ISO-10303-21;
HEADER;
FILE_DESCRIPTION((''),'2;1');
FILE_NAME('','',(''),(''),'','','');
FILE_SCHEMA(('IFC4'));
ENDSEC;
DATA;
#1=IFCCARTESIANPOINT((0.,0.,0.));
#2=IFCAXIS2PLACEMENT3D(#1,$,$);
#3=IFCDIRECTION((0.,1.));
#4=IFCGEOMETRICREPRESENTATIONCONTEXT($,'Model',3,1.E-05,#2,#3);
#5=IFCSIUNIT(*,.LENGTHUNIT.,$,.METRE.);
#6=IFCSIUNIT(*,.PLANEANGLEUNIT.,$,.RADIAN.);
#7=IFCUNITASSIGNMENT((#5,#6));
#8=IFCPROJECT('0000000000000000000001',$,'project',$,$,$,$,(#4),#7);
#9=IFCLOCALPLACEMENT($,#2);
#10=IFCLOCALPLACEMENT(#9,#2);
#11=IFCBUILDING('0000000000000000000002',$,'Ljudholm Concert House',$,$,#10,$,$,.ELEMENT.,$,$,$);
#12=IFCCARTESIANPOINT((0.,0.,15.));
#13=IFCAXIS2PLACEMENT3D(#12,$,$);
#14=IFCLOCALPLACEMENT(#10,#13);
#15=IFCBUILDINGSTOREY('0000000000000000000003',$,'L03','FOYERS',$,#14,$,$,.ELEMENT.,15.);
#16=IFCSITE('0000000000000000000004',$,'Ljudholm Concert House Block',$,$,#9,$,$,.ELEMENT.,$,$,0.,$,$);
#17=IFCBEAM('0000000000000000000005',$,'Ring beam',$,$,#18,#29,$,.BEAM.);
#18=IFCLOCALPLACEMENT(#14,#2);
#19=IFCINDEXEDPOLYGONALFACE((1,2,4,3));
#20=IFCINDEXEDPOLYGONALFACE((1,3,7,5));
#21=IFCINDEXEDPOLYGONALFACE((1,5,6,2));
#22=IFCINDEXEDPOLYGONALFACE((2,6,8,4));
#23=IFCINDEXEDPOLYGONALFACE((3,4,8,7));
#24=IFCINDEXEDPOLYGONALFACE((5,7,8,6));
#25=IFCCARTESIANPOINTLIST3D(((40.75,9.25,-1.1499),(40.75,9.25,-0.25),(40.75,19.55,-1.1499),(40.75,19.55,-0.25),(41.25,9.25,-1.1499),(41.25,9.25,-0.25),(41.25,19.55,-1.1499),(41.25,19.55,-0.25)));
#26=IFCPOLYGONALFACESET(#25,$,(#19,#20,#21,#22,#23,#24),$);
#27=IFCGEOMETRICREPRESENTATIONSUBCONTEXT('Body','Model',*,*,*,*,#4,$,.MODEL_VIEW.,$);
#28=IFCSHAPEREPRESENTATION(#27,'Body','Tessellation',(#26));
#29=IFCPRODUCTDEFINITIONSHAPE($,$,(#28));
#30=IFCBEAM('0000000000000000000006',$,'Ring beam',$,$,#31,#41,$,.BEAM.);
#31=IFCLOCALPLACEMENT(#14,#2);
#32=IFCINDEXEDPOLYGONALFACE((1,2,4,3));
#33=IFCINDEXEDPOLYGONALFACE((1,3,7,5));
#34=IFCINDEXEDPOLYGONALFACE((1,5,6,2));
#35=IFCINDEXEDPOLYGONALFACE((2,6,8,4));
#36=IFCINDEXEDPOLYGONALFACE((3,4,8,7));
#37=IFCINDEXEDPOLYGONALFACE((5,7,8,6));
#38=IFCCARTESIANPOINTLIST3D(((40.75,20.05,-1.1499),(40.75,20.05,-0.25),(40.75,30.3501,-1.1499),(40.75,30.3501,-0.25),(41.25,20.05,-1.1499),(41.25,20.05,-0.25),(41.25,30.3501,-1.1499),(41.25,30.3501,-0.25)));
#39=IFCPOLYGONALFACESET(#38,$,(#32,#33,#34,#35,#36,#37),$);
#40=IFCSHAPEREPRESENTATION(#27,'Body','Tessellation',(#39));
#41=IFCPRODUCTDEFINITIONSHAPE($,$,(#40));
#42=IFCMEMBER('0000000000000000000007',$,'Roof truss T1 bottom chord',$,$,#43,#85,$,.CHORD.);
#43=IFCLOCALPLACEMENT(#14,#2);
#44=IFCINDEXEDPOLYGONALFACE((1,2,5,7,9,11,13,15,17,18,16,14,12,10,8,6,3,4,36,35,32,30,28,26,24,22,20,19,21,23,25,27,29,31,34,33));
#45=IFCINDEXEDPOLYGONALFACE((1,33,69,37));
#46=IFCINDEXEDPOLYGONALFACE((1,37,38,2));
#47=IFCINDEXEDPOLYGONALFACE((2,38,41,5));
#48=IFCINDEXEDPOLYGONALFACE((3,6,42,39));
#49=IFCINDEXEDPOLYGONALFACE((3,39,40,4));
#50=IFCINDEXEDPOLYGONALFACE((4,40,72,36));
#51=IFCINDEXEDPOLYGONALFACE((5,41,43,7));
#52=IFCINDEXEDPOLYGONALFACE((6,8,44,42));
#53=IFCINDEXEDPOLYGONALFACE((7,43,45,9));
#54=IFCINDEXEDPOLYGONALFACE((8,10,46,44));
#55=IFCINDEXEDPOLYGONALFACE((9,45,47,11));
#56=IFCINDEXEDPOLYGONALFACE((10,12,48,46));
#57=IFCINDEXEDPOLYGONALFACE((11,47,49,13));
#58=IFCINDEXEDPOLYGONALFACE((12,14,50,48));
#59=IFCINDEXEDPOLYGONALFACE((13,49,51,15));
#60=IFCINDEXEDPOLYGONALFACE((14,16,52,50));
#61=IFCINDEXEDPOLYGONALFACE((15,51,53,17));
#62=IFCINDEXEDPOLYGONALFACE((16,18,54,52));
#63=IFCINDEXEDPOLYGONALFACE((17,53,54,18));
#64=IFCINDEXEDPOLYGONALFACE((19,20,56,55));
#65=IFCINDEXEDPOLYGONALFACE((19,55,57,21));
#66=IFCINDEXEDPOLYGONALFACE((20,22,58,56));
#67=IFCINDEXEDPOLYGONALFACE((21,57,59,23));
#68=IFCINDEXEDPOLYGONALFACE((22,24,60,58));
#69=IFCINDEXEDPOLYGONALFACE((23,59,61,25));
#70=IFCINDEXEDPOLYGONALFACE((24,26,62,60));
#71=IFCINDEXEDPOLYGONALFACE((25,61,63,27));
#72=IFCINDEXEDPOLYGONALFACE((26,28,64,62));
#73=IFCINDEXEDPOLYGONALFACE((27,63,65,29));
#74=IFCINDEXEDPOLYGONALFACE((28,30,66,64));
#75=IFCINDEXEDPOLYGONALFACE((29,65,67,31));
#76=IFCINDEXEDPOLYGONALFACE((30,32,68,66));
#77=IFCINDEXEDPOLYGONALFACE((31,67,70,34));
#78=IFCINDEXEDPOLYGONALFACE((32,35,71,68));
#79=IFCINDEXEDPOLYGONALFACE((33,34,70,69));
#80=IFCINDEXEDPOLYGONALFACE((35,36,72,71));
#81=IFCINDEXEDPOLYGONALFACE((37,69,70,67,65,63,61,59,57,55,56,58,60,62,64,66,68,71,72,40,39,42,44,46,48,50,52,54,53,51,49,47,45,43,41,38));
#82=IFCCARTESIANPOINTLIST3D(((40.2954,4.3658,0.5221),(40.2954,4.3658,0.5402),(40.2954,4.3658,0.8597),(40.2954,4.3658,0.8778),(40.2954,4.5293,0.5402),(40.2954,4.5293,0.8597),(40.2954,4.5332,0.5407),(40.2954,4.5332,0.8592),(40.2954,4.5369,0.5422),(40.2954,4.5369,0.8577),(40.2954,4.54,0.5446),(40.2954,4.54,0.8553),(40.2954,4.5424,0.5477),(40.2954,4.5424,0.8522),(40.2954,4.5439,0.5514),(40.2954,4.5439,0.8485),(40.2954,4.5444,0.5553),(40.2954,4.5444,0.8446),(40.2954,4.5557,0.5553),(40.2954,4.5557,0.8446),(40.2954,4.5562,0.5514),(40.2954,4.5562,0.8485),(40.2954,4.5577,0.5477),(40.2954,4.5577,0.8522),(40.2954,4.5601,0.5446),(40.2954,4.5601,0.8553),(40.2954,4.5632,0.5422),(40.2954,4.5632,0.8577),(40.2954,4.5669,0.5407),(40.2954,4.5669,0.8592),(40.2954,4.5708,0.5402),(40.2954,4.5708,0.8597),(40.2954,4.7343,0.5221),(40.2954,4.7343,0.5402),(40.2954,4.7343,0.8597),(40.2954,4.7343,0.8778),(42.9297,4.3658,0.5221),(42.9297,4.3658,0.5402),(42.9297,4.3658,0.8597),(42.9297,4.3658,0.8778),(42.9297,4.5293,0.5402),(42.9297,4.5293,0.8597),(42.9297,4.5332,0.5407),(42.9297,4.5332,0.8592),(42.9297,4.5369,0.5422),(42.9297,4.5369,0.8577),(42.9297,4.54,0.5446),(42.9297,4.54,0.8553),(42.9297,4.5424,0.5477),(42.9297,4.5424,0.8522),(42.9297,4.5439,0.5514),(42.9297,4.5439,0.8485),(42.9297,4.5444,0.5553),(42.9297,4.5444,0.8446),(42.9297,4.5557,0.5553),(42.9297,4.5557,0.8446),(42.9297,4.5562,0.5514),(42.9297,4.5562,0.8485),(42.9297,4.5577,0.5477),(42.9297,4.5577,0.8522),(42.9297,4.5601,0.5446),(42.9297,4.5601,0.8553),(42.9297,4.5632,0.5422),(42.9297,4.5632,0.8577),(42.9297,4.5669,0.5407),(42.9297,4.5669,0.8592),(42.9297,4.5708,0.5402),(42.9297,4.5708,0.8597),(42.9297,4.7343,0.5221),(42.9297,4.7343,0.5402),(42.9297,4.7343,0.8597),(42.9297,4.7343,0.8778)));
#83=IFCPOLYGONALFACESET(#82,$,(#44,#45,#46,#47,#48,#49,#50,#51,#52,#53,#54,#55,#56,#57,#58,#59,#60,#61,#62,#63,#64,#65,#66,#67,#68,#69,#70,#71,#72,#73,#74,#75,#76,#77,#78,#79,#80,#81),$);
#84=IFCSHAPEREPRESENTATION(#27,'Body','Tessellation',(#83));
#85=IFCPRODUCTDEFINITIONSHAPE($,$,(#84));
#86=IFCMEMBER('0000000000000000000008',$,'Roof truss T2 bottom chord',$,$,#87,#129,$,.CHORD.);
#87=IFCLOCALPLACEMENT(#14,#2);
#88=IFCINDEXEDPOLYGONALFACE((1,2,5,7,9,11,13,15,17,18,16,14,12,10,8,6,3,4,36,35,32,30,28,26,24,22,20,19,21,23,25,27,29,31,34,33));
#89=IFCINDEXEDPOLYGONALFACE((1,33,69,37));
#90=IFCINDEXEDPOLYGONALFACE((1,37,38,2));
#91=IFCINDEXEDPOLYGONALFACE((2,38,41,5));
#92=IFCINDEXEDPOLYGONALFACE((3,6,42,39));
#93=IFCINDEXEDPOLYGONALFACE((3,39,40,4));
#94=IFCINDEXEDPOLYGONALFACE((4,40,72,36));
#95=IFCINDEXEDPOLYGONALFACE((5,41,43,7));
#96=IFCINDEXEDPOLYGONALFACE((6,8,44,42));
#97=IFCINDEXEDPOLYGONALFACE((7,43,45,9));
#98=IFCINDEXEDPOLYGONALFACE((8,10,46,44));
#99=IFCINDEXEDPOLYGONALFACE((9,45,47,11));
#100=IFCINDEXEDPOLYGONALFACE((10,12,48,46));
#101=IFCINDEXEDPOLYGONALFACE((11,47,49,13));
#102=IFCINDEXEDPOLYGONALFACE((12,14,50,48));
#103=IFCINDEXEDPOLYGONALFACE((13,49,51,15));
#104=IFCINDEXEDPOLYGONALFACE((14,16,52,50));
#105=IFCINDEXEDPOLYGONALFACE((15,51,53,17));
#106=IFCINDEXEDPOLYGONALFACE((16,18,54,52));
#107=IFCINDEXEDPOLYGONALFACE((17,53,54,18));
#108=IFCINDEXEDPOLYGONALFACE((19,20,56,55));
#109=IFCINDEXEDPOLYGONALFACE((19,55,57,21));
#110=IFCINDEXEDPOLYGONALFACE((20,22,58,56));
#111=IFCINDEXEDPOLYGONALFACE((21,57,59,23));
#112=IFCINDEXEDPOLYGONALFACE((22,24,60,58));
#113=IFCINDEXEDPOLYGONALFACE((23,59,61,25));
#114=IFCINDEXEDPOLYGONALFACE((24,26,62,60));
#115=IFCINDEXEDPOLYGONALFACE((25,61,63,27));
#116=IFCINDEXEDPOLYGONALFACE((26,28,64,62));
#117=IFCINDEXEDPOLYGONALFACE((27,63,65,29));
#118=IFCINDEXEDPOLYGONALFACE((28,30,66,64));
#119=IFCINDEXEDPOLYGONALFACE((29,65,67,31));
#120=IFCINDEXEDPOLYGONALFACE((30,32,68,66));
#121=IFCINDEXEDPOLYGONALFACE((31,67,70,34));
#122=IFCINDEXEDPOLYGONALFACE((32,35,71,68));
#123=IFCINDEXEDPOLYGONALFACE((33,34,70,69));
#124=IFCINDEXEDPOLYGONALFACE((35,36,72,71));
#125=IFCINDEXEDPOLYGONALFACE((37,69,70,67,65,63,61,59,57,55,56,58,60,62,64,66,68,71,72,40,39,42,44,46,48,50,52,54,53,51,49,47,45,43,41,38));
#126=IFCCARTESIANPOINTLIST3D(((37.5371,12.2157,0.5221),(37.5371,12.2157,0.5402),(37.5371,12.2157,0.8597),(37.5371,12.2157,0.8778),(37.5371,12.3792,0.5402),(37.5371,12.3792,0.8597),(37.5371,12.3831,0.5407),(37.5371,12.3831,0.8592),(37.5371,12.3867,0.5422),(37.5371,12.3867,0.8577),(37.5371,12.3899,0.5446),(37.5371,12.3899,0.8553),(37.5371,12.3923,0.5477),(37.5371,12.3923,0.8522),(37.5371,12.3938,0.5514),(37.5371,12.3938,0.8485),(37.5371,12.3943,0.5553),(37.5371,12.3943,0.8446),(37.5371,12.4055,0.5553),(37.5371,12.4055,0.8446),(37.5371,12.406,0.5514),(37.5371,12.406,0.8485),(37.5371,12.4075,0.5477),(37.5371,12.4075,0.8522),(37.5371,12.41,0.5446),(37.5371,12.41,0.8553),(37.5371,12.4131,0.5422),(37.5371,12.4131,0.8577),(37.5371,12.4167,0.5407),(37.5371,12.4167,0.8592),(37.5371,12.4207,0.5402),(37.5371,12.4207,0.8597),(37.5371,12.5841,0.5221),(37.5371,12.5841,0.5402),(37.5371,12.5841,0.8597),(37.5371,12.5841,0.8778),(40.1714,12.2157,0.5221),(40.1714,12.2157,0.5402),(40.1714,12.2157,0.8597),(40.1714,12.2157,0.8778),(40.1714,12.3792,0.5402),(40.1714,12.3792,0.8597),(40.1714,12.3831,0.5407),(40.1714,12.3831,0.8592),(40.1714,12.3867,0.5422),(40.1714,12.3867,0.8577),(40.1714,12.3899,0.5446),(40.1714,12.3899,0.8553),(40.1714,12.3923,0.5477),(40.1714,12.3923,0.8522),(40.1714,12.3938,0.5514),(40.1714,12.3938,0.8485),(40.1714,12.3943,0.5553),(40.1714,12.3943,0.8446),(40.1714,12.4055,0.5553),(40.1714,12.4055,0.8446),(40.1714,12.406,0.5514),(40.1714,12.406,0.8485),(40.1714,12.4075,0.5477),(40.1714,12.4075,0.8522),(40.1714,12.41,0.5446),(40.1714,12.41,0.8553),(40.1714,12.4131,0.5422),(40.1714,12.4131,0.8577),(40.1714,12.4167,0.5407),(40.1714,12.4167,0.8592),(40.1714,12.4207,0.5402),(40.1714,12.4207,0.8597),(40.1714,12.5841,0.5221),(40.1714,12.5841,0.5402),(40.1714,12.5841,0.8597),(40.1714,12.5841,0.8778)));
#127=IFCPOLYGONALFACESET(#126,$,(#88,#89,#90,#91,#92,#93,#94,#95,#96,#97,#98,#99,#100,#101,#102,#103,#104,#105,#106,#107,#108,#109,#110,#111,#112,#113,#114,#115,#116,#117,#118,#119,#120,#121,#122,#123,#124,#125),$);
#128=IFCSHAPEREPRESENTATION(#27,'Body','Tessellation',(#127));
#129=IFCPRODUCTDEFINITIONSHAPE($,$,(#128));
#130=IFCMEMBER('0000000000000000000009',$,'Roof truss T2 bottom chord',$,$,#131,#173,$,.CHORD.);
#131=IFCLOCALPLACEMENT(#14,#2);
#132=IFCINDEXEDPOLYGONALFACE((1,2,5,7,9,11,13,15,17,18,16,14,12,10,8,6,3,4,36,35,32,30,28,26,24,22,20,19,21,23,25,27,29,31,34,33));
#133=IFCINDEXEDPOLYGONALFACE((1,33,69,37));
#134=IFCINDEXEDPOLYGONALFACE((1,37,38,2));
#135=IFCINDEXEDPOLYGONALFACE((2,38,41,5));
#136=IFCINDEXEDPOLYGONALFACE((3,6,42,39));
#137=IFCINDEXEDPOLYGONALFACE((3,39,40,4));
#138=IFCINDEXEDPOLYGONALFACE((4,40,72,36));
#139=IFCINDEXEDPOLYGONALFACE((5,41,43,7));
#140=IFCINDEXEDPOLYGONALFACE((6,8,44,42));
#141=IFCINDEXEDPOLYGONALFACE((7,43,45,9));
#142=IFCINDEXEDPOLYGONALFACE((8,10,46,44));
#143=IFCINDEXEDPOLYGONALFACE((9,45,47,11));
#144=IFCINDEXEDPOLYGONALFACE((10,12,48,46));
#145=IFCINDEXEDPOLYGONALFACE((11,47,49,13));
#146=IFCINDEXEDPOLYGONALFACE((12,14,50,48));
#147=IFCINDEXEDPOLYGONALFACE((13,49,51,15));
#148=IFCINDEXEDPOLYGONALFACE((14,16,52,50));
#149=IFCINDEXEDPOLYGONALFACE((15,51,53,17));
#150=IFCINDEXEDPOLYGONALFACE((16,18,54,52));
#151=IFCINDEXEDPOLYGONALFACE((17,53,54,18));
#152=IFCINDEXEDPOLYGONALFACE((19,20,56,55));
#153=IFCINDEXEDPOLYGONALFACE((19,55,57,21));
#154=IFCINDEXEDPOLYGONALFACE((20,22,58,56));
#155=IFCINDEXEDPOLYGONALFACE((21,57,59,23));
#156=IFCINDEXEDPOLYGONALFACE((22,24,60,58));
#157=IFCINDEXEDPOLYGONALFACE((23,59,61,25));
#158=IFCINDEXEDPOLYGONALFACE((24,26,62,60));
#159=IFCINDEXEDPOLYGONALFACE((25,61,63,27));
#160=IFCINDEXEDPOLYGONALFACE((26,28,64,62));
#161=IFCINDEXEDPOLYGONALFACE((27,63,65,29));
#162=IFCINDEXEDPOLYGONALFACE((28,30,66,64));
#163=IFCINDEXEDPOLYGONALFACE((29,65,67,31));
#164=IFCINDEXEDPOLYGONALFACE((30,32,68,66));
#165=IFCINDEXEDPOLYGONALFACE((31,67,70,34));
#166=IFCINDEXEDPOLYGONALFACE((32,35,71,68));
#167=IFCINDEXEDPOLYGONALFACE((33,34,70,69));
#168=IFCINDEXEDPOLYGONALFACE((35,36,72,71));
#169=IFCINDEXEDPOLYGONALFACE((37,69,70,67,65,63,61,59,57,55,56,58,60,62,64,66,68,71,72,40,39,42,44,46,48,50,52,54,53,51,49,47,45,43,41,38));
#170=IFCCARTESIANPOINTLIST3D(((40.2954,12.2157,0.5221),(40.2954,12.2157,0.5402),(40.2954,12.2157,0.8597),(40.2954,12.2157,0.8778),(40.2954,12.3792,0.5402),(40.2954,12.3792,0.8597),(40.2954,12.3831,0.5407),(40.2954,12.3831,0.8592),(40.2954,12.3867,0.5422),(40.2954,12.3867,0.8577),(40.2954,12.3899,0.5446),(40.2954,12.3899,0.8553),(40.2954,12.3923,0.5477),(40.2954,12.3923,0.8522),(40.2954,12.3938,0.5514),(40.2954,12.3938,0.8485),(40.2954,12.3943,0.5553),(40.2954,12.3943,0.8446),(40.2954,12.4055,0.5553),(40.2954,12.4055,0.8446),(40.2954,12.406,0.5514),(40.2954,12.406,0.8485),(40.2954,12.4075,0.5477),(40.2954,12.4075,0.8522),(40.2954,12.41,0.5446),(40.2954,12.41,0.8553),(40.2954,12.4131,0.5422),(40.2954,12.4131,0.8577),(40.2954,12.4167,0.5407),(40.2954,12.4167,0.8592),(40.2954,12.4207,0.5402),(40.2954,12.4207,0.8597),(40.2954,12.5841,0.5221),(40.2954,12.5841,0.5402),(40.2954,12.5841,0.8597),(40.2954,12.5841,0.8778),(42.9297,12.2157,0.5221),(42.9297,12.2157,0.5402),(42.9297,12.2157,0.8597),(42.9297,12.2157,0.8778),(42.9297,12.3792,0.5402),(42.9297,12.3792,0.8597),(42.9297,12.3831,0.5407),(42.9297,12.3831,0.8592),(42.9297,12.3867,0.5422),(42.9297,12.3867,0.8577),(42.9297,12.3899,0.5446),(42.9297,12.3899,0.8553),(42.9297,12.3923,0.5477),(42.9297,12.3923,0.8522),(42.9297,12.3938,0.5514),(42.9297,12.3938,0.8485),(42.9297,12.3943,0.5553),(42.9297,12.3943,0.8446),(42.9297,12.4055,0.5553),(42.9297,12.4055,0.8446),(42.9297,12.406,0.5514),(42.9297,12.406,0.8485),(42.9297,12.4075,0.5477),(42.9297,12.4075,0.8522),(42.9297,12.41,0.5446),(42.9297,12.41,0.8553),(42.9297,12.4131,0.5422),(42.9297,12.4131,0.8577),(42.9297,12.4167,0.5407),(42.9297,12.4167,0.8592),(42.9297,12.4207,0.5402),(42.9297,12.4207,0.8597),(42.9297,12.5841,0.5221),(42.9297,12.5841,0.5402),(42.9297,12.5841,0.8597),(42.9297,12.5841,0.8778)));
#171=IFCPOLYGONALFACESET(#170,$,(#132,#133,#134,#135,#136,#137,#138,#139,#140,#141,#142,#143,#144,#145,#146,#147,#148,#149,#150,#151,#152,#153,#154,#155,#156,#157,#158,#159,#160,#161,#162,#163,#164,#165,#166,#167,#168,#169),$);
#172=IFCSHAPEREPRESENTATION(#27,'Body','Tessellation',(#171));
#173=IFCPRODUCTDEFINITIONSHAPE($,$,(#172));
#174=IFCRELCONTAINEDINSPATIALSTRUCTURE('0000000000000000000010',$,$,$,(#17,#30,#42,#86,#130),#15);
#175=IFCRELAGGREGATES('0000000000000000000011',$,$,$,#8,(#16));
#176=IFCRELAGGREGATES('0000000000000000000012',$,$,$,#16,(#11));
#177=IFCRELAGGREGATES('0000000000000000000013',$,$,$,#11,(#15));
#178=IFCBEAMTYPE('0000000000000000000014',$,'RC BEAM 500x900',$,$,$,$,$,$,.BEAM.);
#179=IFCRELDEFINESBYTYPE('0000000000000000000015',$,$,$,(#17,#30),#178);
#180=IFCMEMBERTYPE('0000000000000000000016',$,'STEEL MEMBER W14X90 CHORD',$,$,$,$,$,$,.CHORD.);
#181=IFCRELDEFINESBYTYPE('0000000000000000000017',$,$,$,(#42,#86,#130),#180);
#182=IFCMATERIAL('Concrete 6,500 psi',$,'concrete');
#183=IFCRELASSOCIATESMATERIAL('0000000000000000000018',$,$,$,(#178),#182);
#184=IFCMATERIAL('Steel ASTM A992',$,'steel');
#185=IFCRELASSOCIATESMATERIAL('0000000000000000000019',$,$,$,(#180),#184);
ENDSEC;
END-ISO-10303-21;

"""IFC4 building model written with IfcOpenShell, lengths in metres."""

from ifc_helpers import new_model, si_unit, direction, frame, origin, origin_2d, place, context, subcontext, project, spatial, rectangle, i_section, extrude, material, material_profile, profile_set, type_object, element, save


model = new_model("IFC4")

# Units and contexts
model_context = context("Model", 3, precision=1e-05, world=origin(), true_north=direction((0.0, 1.0)))
body_context = subcontext(model_context, "Body", "Model", "MODEL_VIEW")
ifc_project = project(units=[si_unit("LENGTHUNIT", "METRE"), si_unit("PLANEANGLEUNIT", "RADIAN")], contexts=[model_context])

# Site, building, storey
site_placement = place(None, origin())
site = spatial("IfcSite", under=ifc_project, at=site_placement, Name="Ljudholm Concert House Block", CompositionType="ELEMENT", RefElevation=0.0)
building_placement = place(site_placement, origin())
building = spatial("IfcBuilding", under=site, at=building_placement, Name="Ljudholm Concert House", CompositionType="ELEMENT")
storey_placement = place(building_placement, frame((0.0, 0.0, 15.0)))
storey = spatial("IfcBuildingStorey", under=building, at=storey_placement, Name="L03", Description="FOYERS", CompositionType="ELEMENT", Elevation=15.0)

# Beams
ifc_material_1 = material(Name="Concrete 6,500 psi", Category="concrete")
ifc_material_profile_1 = material_profile(ifc_material_1, rectangle(XDim=0.5, YDim=0.8999, at=origin_2d()), Name="RC BEAM 500x900")
ifc_profile_set_1 = profile_set([ifc_material_profile_1], Name="Concrete 6,500 psi")
beam_type = type_object("IfcBeamType", Name="RC BEAM 500x900", PredefinedType="BEAM", material=ifc_profile_set_1)
for number, where, z_axis, x_axis, name in (
    (1, (41.0, 9.25, -0.7), (0.0, 1.0, 0.0), (-1.0, 0.0, 0.0), "Ring beam"),
    (2, (41.0, 20.05, -0.7), (0.0, 1.0, 0.0), (-1.0, 0.0, 0.0), "Ring beam"),
):
    element("IfcBeam", number, at=place(storey_placement, frame(where, z_axis=z_axis, x_axis=x_axis)), inside=storey, type_object=beam_type, Name=name, PredefinedType="BEAM", context=body_context, shape_type="SweptSolid", body=[
        extrude(rectangle(XDim=0.5, YDim=0.8999, at=origin_2d()), origin(), (0.0, 0.0, 1.0), 10.3),
    ])

# Members
ifc_material_2 = material(Name="Steel ASTM A992", Category="steel")
ifc_material_profile_2 = material_profile(ifc_material_2, i_section(OverallWidth=0.3684, OverallDepth=0.3557, WebThickness=0.0112, FlangeThickness=0.0181, FilletRadius=0.0151, at=origin_2d()), Name="W14X90")
ifc_profile_set_2 = profile_set([ifc_material_profile_2], Name="Steel ASTM A992")
member_type = type_object("IfcMemberType", Name="STEEL MEMBER W14X90 CHORD", PredefinedType="CHORD", material=ifc_profile_set_2)
for number, where, z_axis, x_axis, name in (
    (3, (40.2954, 4.55, 0.7), (1.0, 0.0, 0.0), (0.0, 1.0, 0.0), "Roof truss T1 bottom chord"),
    (4, (37.5371, 12.3999, 0.7), (1.0, 0.0, 0.0), (0.0, 1.0, 0.0), "Roof truss T2 bottom chord"),
    (5, (40.2954, 12.3999, 0.7), (1.0, 0.0, 0.0), (0.0, 1.0, 0.0), "Roof truss T2 bottom chord"),
):
    element("IfcMember", number, at=place(storey_placement, frame(where, z_axis=z_axis, x_axis=x_axis)), inside=storey, type_object=member_type, Name=name, PredefinedType="CHORD", context=body_context, shape_type="SweptSolid", body=[
        extrude(i_section(OverallWidth=0.3684, OverallDepth=0.3557, WebThickness=0.0112, FlangeThickness=0.0181, FilletRadius=0.0151, at=origin_2d()), origin(), (0.0, 0.0, 1.0), 2.6343),
    ])

save(model, "model.ifc")
